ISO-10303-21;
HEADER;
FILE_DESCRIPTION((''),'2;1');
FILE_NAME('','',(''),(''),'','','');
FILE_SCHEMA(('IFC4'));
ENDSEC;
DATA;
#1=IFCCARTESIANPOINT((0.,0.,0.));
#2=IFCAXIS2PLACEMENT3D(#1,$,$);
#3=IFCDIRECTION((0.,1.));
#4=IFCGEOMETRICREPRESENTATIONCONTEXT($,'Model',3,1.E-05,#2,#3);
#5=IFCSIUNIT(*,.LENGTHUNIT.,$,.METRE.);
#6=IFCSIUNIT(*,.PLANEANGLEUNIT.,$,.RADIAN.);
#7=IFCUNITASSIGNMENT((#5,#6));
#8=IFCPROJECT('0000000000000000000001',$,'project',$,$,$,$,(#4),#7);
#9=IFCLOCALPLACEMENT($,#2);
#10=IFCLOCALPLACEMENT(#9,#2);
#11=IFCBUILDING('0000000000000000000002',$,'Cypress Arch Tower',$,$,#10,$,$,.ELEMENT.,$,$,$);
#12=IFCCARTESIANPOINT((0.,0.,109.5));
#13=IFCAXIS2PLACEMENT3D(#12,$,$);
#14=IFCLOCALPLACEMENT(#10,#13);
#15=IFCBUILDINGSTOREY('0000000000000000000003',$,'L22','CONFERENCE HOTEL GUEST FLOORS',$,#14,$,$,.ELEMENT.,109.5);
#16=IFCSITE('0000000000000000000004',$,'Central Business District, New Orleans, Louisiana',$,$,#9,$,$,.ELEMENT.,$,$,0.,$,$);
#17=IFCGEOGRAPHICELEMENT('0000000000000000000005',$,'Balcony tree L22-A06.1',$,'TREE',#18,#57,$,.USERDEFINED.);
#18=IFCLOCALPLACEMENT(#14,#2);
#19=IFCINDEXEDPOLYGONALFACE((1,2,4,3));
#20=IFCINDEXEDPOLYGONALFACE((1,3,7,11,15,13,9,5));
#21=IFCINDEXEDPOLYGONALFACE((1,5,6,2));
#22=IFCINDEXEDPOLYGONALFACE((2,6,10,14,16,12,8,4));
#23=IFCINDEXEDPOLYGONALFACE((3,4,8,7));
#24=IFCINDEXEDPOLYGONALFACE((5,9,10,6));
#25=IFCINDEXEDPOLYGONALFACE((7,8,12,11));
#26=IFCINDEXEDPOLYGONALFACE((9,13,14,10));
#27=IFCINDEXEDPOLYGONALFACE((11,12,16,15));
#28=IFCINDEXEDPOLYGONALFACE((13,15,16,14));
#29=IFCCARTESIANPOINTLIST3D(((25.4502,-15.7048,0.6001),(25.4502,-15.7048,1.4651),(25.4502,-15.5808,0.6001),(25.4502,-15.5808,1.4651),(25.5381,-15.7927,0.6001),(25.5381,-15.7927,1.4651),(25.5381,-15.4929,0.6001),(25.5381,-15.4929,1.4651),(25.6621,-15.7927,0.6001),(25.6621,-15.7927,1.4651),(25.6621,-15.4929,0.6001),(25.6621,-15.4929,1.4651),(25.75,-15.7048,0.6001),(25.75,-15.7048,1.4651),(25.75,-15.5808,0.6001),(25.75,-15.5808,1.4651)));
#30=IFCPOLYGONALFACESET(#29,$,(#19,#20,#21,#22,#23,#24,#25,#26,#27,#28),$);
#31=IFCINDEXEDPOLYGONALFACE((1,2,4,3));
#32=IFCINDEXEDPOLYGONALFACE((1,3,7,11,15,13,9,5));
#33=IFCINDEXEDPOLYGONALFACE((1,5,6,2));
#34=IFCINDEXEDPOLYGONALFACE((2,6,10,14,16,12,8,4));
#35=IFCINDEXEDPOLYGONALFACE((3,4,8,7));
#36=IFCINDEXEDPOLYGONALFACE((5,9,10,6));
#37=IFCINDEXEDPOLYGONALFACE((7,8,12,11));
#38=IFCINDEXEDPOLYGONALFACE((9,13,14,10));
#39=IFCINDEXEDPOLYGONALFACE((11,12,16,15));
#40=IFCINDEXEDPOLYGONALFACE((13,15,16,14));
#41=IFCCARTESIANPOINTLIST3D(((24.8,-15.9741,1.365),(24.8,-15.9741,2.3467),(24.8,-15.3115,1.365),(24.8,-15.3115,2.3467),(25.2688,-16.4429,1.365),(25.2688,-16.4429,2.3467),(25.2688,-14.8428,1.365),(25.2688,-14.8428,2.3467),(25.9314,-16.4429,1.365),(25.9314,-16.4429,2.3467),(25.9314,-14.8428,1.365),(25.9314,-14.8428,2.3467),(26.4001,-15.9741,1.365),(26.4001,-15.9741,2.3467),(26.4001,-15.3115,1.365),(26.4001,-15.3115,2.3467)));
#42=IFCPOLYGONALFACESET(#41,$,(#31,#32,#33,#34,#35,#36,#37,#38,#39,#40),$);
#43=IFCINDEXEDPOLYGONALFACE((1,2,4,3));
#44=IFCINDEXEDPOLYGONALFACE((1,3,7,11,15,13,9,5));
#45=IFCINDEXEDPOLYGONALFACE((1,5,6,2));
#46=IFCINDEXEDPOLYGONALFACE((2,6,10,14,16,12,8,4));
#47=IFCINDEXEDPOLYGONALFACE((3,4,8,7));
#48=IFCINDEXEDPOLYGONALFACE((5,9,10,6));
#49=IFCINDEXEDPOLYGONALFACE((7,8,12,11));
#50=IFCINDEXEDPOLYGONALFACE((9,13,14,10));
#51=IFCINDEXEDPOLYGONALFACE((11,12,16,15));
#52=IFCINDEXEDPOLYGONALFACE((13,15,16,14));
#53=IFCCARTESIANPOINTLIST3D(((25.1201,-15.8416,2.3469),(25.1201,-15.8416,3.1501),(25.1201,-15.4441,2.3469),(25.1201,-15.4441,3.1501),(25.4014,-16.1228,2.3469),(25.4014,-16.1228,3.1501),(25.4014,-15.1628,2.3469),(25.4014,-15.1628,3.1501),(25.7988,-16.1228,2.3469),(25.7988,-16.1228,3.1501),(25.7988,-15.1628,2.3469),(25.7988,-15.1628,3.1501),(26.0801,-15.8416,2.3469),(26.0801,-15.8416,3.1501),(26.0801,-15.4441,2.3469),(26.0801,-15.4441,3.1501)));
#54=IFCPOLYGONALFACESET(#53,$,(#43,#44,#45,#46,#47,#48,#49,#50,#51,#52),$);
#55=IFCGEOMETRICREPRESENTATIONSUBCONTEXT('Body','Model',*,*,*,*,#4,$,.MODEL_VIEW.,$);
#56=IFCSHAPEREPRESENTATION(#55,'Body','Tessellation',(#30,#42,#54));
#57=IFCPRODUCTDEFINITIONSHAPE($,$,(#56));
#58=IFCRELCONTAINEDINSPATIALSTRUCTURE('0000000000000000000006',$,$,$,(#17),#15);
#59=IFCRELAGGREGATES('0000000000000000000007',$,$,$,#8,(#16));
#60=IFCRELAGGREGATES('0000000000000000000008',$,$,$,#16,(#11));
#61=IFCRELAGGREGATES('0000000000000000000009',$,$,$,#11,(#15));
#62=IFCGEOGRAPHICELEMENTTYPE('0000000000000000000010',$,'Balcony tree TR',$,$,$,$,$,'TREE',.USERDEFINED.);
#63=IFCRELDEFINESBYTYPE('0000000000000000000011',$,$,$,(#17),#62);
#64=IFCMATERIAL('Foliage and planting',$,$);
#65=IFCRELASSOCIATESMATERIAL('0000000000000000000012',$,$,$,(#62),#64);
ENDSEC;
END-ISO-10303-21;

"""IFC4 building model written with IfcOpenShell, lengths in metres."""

from ifc_helpers import new_model, si_unit, direction, frame, origin, place, context, subcontext, project, spatial, polyline, outline, extrude, material, type_object, element, save


model = new_model("IFC4")

# Units and contexts
model_context = context("Model", 3, precision=1e-05, world=origin(), true_north=direction((0.0, 1.0)))
body_context = subcontext(model_context, "Body", "Model", "MODEL_VIEW")
ifc_project = project(units=[si_unit("LENGTHUNIT", "METRE"), si_unit("PLANEANGLEUNIT", "RADIAN")], contexts=[model_context])

# Site, building, storey
site_placement = place(None, origin())
site = spatial("IfcSite", under=ifc_project, at=site_placement, Name="Central Business District, New Orleans, Louisiana", CompositionType="ELEMENT", RefElevation=0.0)
building_placement = place(site_placement, origin())
building = spatial("IfcBuilding", under=site, at=building_placement, Name="Cypress Arch Tower", CompositionType="ELEMENT")
storey_placement = place(building_placement, frame((0.0, 0.0, 109.5)))
storey = spatial("IfcBuildingStorey", under=building, at=storey_placement, Name="L22", Description="CONFERENCE HOTEL GUEST FLOORS", CompositionType="ELEMENT", Elevation=109.5)

# Geographic element
ifc_material_1 = material(Name="Foliage and planting")
geographic_element_type = type_object("IfcGeographicElementType", Name="Balcony tree TR", ElementType="TREE", PredefinedType="USERDEFINED", material=ifc_material_1)
geographic_element_placement = place(storey_placement, frame((25.6001, -15.6428, 0.6001), z_axis=(0.0, 0.0, 1.0), x_axis=(1.0, 0.0, 0.0)))
element("IfcGeographicElement", 1, at=geographic_element_placement, inside=storey, type_object=geographic_element_type, Name="Balcony tree L22-A06.1", ObjectType="TREE", PredefinedType="USERDEFINED", context=body_context, shape_type="SweptSolid", body=[
    extrude(outline(polyline([(0.1499, 0.062), (0.062, 0.1499), (-0.062, 0.1499), (-0.1499, 0.062), (-0.1499, -0.062), (-0.062, -0.1499), (0.062, -0.1499), (0.1499, -0.062), (0.1499, 0.062)])), origin(), (0.0, 0.0, 1.0), 0.865),
    extrude(outline(polyline([(0.8, 0.3313), (0.3313, 0.8), (-0.3313, 0.8), (-0.8, 0.3313), (-0.8, -0.3313), (-0.3313, -0.8), (0.3313, -0.8), (0.8, -0.3313), (0.8, 0.3313)])), frame((0.0, 0.0, 0.7649)), (0.0, 0.0, 1.0), 0.9817),
    extrude(outline(polyline([(0.48, 0.1987), (0.1987, 0.48), (-0.1987, 0.48), (-0.48, 0.1987), (-0.48, -0.1987), (-0.1987, -0.48), (0.1987, -0.48), (0.48, -0.1987), (0.48, 0.1987)])), frame((0.0, 0.0, 1.7468)), (0.0, 0.0, 1.0), 0.8032),
])

save(model, "model.ifc")
